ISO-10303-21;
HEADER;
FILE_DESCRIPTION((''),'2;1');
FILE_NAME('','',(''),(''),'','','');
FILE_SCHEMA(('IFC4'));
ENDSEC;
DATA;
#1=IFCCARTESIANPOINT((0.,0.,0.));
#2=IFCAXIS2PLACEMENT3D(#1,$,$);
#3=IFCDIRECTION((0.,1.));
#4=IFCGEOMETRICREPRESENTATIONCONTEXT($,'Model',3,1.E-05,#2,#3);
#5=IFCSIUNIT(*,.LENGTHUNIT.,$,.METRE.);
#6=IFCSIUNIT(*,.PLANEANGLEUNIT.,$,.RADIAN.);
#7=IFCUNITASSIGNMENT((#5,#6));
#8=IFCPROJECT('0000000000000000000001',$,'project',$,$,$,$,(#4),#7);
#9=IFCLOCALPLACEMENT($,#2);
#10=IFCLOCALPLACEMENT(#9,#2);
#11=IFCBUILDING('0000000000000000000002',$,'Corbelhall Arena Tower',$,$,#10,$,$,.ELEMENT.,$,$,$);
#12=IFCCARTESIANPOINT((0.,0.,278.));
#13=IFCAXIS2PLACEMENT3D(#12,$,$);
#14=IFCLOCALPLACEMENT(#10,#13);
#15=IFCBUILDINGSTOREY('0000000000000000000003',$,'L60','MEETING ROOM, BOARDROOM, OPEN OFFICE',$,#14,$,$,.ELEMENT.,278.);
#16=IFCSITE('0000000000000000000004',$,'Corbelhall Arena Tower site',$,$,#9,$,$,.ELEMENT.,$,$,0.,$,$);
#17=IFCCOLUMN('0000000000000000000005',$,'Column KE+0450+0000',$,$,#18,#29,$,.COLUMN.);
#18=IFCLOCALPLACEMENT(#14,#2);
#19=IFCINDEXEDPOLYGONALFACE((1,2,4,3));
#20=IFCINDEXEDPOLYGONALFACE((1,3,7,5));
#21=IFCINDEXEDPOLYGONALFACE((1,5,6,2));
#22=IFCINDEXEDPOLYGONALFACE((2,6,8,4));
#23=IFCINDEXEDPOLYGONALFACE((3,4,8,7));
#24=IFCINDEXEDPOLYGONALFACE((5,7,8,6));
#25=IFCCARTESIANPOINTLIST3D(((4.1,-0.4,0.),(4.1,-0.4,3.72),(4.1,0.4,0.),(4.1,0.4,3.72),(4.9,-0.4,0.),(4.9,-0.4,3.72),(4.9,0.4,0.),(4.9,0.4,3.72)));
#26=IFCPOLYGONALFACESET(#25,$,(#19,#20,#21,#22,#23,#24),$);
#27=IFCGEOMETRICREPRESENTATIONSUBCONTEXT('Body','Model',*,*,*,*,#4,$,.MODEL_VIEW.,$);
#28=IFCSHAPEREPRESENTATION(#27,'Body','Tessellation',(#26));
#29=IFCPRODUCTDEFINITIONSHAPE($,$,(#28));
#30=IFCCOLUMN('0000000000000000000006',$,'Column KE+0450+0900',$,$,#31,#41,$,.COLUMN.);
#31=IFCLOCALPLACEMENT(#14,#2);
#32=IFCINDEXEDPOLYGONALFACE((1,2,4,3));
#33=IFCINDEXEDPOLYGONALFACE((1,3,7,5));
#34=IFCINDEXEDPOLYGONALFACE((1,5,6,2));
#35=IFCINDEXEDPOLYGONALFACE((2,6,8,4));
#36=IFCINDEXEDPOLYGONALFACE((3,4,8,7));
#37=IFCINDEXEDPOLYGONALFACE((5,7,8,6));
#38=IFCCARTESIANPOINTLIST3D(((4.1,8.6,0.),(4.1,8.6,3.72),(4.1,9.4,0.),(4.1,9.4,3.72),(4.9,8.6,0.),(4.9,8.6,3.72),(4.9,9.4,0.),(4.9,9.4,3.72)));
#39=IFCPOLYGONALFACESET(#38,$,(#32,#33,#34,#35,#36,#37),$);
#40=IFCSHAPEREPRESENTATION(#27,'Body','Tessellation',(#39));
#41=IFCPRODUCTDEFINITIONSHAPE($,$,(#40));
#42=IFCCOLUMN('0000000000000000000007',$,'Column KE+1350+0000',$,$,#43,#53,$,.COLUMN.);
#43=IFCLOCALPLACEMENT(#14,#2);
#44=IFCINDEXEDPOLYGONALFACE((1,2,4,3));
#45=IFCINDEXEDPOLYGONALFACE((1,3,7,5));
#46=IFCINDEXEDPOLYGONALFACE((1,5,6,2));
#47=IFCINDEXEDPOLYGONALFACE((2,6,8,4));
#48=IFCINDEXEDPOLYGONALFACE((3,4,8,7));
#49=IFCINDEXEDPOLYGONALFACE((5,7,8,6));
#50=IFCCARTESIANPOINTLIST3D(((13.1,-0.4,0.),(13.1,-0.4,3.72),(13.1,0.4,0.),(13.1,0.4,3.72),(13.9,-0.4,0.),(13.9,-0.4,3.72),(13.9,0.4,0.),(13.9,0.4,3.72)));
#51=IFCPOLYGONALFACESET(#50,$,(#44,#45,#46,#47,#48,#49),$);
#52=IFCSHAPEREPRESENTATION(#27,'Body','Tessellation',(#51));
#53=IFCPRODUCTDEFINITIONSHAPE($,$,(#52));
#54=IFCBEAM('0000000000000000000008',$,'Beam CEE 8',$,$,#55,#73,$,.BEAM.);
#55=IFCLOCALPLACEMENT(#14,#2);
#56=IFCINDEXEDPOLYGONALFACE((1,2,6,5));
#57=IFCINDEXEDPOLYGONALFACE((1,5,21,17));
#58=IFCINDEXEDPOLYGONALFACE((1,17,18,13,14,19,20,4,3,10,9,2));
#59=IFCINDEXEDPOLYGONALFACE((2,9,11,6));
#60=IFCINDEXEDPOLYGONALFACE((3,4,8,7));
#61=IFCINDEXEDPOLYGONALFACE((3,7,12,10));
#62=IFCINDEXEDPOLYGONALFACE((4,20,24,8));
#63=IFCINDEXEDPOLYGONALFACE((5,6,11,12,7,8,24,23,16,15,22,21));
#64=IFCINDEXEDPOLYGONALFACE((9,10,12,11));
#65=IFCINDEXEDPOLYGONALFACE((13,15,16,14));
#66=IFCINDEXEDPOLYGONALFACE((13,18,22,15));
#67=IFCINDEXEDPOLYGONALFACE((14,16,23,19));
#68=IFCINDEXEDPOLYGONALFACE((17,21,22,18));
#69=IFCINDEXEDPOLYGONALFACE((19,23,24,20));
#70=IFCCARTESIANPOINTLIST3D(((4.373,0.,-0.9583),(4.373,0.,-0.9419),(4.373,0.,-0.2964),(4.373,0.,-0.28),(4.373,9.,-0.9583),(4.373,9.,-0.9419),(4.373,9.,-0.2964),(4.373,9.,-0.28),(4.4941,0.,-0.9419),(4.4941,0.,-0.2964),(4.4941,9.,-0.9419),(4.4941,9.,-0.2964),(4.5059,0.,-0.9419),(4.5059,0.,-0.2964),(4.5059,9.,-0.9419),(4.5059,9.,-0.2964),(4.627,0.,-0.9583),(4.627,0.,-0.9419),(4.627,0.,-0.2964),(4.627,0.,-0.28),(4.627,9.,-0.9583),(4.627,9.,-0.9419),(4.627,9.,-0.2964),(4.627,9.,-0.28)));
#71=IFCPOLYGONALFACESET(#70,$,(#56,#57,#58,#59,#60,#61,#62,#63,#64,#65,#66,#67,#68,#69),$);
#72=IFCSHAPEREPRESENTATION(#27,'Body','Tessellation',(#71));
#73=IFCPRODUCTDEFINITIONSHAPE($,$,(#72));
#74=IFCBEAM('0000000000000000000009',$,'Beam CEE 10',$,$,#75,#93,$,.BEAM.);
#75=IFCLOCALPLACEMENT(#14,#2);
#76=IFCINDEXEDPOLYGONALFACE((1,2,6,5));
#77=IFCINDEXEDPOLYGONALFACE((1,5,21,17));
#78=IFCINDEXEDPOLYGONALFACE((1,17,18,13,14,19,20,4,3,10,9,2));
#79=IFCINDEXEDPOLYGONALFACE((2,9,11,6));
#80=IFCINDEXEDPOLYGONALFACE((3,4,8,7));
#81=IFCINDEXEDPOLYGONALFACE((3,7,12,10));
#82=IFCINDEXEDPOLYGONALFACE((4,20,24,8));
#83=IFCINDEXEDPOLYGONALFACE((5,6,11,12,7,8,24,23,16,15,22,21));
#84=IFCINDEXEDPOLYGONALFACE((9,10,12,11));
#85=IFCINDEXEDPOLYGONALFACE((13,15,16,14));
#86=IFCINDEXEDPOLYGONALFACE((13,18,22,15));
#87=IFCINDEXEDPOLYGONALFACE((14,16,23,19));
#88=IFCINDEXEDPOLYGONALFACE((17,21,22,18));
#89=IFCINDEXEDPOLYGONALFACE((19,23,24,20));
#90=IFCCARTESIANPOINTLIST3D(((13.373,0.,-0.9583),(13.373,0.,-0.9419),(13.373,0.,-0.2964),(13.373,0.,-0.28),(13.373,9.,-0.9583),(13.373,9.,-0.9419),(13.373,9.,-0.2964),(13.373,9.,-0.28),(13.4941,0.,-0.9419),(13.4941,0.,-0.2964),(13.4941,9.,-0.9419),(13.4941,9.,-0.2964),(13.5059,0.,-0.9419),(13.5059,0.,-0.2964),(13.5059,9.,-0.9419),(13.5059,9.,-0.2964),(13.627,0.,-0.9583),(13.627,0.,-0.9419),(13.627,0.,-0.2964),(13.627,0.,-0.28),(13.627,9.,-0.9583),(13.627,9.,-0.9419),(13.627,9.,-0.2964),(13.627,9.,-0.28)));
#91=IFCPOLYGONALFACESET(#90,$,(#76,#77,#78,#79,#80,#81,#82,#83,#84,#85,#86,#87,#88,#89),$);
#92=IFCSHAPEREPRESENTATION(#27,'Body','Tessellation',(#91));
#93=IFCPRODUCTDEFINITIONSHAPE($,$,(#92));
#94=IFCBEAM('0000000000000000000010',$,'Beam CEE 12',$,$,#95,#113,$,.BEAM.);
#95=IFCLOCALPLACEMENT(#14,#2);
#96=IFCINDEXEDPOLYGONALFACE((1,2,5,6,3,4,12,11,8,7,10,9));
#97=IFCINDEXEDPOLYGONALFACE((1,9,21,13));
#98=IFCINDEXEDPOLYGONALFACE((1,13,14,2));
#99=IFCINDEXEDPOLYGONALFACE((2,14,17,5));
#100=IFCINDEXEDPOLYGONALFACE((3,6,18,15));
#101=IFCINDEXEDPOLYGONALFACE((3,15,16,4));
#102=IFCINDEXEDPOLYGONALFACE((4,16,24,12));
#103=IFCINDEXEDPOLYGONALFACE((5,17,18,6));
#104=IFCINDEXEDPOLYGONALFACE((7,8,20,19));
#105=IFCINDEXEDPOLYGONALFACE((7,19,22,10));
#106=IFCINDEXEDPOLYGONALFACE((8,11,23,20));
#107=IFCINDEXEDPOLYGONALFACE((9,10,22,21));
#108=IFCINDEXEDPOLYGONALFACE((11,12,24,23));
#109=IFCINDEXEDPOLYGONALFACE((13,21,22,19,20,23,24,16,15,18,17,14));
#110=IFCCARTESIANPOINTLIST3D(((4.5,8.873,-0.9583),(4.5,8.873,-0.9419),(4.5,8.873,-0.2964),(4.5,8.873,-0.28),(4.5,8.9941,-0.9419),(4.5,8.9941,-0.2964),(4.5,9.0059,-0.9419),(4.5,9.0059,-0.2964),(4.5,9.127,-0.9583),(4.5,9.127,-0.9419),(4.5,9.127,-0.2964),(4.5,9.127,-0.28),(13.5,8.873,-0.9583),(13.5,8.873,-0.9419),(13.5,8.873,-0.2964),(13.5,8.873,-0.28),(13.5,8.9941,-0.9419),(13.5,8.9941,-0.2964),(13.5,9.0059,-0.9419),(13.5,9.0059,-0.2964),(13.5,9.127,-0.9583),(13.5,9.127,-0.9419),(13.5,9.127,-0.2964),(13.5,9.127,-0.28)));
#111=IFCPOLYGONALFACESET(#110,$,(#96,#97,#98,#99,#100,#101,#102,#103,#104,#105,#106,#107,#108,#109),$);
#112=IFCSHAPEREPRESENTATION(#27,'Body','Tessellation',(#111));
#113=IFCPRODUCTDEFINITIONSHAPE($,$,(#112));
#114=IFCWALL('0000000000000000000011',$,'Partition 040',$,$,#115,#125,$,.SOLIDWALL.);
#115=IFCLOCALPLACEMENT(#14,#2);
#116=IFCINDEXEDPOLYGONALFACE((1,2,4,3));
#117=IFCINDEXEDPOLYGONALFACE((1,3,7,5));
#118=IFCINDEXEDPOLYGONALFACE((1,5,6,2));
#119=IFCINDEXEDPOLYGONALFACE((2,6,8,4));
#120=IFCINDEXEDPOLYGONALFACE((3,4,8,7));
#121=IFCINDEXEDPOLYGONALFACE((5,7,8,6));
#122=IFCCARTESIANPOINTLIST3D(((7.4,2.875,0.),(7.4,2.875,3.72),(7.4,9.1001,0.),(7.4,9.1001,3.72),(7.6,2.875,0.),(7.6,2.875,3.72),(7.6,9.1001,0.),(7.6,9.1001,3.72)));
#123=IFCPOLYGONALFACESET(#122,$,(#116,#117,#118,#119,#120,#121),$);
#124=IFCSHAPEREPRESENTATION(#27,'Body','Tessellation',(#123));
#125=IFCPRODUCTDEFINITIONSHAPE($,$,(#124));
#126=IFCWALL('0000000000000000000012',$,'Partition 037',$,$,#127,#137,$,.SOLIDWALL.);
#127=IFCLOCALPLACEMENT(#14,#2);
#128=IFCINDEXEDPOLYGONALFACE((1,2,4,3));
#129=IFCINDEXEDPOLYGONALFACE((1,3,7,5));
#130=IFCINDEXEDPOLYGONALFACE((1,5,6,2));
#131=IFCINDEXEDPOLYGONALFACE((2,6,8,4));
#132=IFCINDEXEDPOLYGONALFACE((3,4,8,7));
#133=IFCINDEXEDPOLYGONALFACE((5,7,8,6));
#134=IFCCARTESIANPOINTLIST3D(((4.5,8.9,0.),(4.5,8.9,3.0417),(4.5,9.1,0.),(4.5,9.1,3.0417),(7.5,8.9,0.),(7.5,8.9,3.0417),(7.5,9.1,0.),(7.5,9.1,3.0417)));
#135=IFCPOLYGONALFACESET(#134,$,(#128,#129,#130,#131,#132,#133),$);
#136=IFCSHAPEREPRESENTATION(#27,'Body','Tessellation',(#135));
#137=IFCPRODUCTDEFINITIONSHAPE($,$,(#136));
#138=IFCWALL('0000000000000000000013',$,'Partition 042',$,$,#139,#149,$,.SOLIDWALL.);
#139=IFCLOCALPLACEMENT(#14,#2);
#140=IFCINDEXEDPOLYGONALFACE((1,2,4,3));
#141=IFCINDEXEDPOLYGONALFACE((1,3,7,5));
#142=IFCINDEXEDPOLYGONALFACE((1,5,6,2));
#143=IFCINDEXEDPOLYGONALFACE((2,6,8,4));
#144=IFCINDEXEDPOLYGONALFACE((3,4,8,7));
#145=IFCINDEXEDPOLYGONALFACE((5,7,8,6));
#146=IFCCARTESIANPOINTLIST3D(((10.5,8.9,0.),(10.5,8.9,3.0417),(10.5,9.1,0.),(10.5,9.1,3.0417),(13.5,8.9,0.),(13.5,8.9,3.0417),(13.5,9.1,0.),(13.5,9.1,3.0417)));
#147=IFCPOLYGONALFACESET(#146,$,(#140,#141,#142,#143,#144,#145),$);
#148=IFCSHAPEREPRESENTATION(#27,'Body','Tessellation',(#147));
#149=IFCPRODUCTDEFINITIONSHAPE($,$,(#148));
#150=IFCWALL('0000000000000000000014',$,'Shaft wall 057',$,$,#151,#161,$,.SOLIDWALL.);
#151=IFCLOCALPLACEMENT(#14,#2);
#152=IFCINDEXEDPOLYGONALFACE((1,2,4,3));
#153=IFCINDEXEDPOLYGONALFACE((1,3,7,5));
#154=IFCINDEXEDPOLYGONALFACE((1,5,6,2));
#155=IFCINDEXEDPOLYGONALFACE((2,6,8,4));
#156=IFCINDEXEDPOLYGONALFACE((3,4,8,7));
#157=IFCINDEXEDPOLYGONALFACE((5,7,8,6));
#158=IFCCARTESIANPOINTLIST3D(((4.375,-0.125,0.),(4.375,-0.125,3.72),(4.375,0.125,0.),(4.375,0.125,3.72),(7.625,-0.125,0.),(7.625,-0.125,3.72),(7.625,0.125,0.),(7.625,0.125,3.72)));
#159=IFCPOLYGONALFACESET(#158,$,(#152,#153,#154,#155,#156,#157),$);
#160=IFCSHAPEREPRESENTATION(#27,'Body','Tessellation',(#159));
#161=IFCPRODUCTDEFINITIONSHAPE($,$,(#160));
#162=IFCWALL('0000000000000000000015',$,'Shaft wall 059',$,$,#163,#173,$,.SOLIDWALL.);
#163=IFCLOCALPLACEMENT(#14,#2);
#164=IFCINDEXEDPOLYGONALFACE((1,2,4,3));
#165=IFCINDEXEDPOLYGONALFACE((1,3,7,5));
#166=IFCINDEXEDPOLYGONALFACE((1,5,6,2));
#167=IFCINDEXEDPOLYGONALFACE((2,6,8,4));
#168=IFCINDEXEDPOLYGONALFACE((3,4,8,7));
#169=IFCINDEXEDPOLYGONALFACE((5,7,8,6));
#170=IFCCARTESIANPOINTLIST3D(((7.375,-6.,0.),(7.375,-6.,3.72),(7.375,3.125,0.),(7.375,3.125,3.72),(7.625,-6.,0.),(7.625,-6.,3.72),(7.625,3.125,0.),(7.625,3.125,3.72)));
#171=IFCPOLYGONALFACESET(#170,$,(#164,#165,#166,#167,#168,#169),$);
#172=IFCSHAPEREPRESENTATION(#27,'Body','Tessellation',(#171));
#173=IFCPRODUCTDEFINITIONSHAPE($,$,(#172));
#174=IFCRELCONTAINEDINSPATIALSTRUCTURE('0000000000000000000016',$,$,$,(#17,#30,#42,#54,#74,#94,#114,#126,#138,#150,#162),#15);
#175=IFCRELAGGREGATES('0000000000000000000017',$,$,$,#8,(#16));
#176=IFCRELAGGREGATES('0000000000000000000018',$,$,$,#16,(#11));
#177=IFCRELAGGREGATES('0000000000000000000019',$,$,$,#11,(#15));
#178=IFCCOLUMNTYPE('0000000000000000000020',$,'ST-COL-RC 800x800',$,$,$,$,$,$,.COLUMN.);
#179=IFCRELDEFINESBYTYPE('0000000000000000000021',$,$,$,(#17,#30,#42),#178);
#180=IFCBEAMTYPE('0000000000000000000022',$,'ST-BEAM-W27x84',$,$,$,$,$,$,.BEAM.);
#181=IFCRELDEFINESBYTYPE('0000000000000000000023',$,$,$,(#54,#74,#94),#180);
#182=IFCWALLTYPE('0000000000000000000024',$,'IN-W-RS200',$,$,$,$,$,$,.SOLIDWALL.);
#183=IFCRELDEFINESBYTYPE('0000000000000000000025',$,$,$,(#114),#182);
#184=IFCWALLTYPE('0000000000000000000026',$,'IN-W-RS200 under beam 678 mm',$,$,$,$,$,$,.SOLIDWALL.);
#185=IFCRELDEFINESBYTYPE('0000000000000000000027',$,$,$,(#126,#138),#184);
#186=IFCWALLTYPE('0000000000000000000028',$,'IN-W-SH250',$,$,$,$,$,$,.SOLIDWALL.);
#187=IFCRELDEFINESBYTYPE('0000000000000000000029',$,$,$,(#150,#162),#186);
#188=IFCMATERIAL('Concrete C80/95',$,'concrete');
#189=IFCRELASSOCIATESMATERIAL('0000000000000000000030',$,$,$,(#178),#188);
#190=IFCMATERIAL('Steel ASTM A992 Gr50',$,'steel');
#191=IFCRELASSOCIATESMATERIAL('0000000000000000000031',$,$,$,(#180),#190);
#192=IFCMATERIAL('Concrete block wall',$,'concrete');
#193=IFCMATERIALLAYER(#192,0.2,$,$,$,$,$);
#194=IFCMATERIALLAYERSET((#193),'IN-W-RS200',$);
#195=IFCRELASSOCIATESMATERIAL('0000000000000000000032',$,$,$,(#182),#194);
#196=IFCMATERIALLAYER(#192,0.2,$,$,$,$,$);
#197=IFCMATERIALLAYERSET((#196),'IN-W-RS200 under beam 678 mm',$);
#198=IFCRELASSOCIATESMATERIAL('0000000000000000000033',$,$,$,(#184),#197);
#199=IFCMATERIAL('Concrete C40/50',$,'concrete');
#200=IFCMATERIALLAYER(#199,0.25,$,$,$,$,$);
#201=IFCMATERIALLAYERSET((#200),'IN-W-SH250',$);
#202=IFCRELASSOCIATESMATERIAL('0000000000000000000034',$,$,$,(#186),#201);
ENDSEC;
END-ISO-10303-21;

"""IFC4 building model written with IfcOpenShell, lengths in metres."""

from ifc_helpers import new_model, si_unit, direction, frame, frame_2d, origin, origin_2d, place, context, subcontext, project, spatial, rectangle, i_section, extrude, material, layer, layer_set, material_profile, profile_set, type_object, element, save


model = new_model("IFC4")

# Units and contexts
model_context = context("Model", 3, precision=1e-05, world=origin(), true_north=direction((0.0, 1.0)))
body_context = subcontext(model_context, "Body", "Model", "MODEL_VIEW")
ifc_project = project(units=[si_unit("LENGTHUNIT", "METRE"), si_unit("PLANEANGLEUNIT", "RADIAN")], contexts=[model_context])

# Site, building, storey
site_placement = place(None, origin())
site = spatial("IfcSite", under=ifc_project, at=site_placement, Name="Corbelhall Arena Tower site", CompositionType="ELEMENT", RefElevation=0.0)
building_placement = place(site_placement, origin())
building = spatial("IfcBuilding", under=site, at=building_placement, Name="Corbelhall Arena Tower", CompositionType="ELEMENT")
storey_placement = place(building_placement, frame((0.0, 0.0, 278.0)))
storey = spatial("IfcBuildingStorey", under=building, at=storey_placement, Name="L60", Description="MEETING ROOM, BOARDROOM, OPEN OFFICE", CompositionType="ELEMENT", Elevation=278.0)

# Columns
ifc_material_1 = material(Name="Concrete C80/95", Category="concrete")
ifc_material_profile_1 = material_profile(ifc_material_1, rectangle(XDim=0.8, YDim=0.8, at=origin_2d()))
ifc_profile_set_1 = profile_set([ifc_material_profile_1], Name="Concrete C80/95")
column_type = type_object("IfcColumnType", Name="ST-COL-RC 800x800", PredefinedType="COLUMN", material=ifc_profile_set_1)
for number, where, z_axis, x_axis, name in (
    (1, (4.5, 0.0, 0.0), (0.0, 0.0, 1.0), (1.0, 0.0, 0.0), "Column KE+0450+0000"),
    (2, (4.5, 9.0, 0.0), (0.0, 0.0, 1.0), (1.0, 0.0, 0.0), "Column KE+0450+0900"),
    (3, (13.5, 0.0, 0.0), (0.0, 0.0, 1.0), (1.0, 0.0, 0.0), "Column KE+1350+0000"),
):
    element("IfcColumn", number, at=place(storey_placement, frame(where, z_axis=z_axis, x_axis=x_axis)), inside=storey, type_object=column_type, Name=name, PredefinedType="COLUMN", context=body_context, shape_type="SweptSolid", body=[
        extrude(rectangle(XDim=0.8, YDim=0.8, at=origin_2d()), origin(), (0.0, 0.0, 1.0), 3.72),
    ])

# Beams
ifc_material_2 = material(Name="Steel ASTM A992 Gr50", Category="steel")
ifc_material_profile_2 = material_profile(ifc_material_2, i_section(OverallWidth=0.2539, OverallDepth=0.6782, WebThickness=0.0117, FlangeThickness=0.0164, at=origin_2d()))
ifc_profile_set_2 = profile_set([ifc_material_profile_2], Name="Steel ASTM A992 Gr50")
beam_type = type_object("IfcBeamType", Name="ST-BEAM-W27x84", PredefinedType="BEAM", material=ifc_profile_set_2)
for number, where, z_axis, x_axis, name in (
    (4, (4.5, 0.0, -0.6191), (0.0, 1.0, 0.0), (-1.0, 0.0, 0.0), "Beam CEE 8"),
    (5, (13.5, 0.0, -0.6191), (0.0, 1.0, 0.0), (-1.0, 0.0, 0.0), "Beam CEE 10"),
    (6, (4.5, 9.0, -0.6191), (1.0, 0.0, 0.0), (0.0, 1.0, 0.0), "Beam CEE 12"),
):
    element("IfcBeam", number, at=place(storey_placement, frame(where, z_axis=z_axis, x_axis=x_axis)), inside=storey, type_object=beam_type, Name=name, PredefinedType="BEAM", context=body_context, shape_type="SweptSolid", body=[
        extrude(i_section(OverallWidth=0.2539, OverallDepth=0.6782, WebThickness=0.0117, FlangeThickness=0.0164, at=origin_2d()), origin(), (0.0, 0.0, 1.0), 9.0),
    ])

# Wall
ifc_material_3 = material(Name="Concrete block wall", Category="concrete")
ifc_layer_1 = layer(ifc_material_3, 0.2)
ifc_layer_set_1 = layer_set([ifc_layer_1], Name="IN-W-RS200")
wall_type_1 = type_object("IfcWallType", Name="IN-W-RS200", PredefinedType="SOLIDWALL", material=ifc_layer_set_1)
wall_1_placement = place(storey_placement, frame((7.5, 9.1001, 0.0), z_axis=(0.0, 0.0, 1.0), x_axis=(0.0, -1.0, 0.0)))
element("IfcWall", 7, at=wall_1_placement, inside=storey, type_object=wall_type_1, Name="Partition 040", PredefinedType="SOLIDWALL", context=body_context, shape_type="SweptSolid", body=[
    extrude(rectangle(XDim=6.2251, YDim=0.2, at=frame_2d((3.1125, 0.0))), origin(), (0.0, 0.0, 1.0), 3.72),
])

# Shared definitions
ifc_layer_2 = layer(ifc_material_3, 0.2)
ifc_layer_set_2 = layer_set([ifc_layer_2], Name="IN-W-RS200 under beam 678 mm")
wall_type_2 = type_object("IfcWallType", Name="IN-W-RS200 under beam 678 mm", PredefinedType="SOLIDWALL", material=ifc_layer_set_2)

# Walls
for number, where, z_axis, x_axis, name in (
    (8, (4.5, 9.0, 0.0), (0.0, 0.0, 1.0), (1.0, 0.0, 0.0), "Partition 037"),
    (9, (10.5, 9.0, 0.0), (0.0, 0.0, 1.0), (1.0, 0.0, 0.0), "Partition 042"),
):
    element("IfcWall", number, at=place(storey_placement, frame(where, z_axis=z_axis, x_axis=x_axis)), inside=storey, type_object=wall_type_2, Name=name, PredefinedType="SOLIDWALL", context=body_context, shape_type="SweptSolid", body=[
        extrude(rectangle(XDim=3.0, YDim=0.2, at=frame_2d((1.5, 0.0))), origin(), (0.0, 0.0, 1.0), 3.0417),
    ])
ifc_material_4 = material(Name="Concrete C40/50", Category="concrete")
ifc_layer_3 = layer(ifc_material_4, 0.25)
ifc_layer_set_3 = layer_set([ifc_layer_3], Name="IN-W-SH250")
wall_type_3 = type_object("IfcWallType", Name="IN-W-SH250", PredefinedType="SOLIDWALL", material=ifc_layer_set_3)
wall_2_placement = place(storey_placement, frame((4.375, 0.0, 0.0), z_axis=(0.0, 0.0, 1.0), x_axis=(1.0, 0.0, 0.0)))
element("IfcWall", 10, at=wall_2_placement, inside=storey, type_object=wall_type_3, Name="Shaft wall 057", PredefinedType="SOLIDWALL", context=body_context, shape_type="SweptSolid", body=[
    extrude(rectangle(XDim=3.25, YDim=0.25, at=frame_2d((1.625, 0.0))), origin(), (0.0, 0.0, 1.0), 3.72),
])
wall_3_placement = place(storey_placement, frame((7.5, 3.125, 0.0), z_axis=(0.0, 0.0, 1.0), x_axis=(0.0, -1.0, 0.0)))
element("IfcWall", 11, at=wall_3_placement, inside=storey, type_object=wall_type_3, Name="Shaft wall 059", PredefinedType="SOLIDWALL", context=body_context, shape_type="SweptSolid", body=[
    extrude(rectangle(XDim=9.125, YDim=0.25, at=frame_2d((4.5625, 0.0))), origin(), (0.0, 0.0, 1.0), 3.72),
])

save(model, "model.ifc")
